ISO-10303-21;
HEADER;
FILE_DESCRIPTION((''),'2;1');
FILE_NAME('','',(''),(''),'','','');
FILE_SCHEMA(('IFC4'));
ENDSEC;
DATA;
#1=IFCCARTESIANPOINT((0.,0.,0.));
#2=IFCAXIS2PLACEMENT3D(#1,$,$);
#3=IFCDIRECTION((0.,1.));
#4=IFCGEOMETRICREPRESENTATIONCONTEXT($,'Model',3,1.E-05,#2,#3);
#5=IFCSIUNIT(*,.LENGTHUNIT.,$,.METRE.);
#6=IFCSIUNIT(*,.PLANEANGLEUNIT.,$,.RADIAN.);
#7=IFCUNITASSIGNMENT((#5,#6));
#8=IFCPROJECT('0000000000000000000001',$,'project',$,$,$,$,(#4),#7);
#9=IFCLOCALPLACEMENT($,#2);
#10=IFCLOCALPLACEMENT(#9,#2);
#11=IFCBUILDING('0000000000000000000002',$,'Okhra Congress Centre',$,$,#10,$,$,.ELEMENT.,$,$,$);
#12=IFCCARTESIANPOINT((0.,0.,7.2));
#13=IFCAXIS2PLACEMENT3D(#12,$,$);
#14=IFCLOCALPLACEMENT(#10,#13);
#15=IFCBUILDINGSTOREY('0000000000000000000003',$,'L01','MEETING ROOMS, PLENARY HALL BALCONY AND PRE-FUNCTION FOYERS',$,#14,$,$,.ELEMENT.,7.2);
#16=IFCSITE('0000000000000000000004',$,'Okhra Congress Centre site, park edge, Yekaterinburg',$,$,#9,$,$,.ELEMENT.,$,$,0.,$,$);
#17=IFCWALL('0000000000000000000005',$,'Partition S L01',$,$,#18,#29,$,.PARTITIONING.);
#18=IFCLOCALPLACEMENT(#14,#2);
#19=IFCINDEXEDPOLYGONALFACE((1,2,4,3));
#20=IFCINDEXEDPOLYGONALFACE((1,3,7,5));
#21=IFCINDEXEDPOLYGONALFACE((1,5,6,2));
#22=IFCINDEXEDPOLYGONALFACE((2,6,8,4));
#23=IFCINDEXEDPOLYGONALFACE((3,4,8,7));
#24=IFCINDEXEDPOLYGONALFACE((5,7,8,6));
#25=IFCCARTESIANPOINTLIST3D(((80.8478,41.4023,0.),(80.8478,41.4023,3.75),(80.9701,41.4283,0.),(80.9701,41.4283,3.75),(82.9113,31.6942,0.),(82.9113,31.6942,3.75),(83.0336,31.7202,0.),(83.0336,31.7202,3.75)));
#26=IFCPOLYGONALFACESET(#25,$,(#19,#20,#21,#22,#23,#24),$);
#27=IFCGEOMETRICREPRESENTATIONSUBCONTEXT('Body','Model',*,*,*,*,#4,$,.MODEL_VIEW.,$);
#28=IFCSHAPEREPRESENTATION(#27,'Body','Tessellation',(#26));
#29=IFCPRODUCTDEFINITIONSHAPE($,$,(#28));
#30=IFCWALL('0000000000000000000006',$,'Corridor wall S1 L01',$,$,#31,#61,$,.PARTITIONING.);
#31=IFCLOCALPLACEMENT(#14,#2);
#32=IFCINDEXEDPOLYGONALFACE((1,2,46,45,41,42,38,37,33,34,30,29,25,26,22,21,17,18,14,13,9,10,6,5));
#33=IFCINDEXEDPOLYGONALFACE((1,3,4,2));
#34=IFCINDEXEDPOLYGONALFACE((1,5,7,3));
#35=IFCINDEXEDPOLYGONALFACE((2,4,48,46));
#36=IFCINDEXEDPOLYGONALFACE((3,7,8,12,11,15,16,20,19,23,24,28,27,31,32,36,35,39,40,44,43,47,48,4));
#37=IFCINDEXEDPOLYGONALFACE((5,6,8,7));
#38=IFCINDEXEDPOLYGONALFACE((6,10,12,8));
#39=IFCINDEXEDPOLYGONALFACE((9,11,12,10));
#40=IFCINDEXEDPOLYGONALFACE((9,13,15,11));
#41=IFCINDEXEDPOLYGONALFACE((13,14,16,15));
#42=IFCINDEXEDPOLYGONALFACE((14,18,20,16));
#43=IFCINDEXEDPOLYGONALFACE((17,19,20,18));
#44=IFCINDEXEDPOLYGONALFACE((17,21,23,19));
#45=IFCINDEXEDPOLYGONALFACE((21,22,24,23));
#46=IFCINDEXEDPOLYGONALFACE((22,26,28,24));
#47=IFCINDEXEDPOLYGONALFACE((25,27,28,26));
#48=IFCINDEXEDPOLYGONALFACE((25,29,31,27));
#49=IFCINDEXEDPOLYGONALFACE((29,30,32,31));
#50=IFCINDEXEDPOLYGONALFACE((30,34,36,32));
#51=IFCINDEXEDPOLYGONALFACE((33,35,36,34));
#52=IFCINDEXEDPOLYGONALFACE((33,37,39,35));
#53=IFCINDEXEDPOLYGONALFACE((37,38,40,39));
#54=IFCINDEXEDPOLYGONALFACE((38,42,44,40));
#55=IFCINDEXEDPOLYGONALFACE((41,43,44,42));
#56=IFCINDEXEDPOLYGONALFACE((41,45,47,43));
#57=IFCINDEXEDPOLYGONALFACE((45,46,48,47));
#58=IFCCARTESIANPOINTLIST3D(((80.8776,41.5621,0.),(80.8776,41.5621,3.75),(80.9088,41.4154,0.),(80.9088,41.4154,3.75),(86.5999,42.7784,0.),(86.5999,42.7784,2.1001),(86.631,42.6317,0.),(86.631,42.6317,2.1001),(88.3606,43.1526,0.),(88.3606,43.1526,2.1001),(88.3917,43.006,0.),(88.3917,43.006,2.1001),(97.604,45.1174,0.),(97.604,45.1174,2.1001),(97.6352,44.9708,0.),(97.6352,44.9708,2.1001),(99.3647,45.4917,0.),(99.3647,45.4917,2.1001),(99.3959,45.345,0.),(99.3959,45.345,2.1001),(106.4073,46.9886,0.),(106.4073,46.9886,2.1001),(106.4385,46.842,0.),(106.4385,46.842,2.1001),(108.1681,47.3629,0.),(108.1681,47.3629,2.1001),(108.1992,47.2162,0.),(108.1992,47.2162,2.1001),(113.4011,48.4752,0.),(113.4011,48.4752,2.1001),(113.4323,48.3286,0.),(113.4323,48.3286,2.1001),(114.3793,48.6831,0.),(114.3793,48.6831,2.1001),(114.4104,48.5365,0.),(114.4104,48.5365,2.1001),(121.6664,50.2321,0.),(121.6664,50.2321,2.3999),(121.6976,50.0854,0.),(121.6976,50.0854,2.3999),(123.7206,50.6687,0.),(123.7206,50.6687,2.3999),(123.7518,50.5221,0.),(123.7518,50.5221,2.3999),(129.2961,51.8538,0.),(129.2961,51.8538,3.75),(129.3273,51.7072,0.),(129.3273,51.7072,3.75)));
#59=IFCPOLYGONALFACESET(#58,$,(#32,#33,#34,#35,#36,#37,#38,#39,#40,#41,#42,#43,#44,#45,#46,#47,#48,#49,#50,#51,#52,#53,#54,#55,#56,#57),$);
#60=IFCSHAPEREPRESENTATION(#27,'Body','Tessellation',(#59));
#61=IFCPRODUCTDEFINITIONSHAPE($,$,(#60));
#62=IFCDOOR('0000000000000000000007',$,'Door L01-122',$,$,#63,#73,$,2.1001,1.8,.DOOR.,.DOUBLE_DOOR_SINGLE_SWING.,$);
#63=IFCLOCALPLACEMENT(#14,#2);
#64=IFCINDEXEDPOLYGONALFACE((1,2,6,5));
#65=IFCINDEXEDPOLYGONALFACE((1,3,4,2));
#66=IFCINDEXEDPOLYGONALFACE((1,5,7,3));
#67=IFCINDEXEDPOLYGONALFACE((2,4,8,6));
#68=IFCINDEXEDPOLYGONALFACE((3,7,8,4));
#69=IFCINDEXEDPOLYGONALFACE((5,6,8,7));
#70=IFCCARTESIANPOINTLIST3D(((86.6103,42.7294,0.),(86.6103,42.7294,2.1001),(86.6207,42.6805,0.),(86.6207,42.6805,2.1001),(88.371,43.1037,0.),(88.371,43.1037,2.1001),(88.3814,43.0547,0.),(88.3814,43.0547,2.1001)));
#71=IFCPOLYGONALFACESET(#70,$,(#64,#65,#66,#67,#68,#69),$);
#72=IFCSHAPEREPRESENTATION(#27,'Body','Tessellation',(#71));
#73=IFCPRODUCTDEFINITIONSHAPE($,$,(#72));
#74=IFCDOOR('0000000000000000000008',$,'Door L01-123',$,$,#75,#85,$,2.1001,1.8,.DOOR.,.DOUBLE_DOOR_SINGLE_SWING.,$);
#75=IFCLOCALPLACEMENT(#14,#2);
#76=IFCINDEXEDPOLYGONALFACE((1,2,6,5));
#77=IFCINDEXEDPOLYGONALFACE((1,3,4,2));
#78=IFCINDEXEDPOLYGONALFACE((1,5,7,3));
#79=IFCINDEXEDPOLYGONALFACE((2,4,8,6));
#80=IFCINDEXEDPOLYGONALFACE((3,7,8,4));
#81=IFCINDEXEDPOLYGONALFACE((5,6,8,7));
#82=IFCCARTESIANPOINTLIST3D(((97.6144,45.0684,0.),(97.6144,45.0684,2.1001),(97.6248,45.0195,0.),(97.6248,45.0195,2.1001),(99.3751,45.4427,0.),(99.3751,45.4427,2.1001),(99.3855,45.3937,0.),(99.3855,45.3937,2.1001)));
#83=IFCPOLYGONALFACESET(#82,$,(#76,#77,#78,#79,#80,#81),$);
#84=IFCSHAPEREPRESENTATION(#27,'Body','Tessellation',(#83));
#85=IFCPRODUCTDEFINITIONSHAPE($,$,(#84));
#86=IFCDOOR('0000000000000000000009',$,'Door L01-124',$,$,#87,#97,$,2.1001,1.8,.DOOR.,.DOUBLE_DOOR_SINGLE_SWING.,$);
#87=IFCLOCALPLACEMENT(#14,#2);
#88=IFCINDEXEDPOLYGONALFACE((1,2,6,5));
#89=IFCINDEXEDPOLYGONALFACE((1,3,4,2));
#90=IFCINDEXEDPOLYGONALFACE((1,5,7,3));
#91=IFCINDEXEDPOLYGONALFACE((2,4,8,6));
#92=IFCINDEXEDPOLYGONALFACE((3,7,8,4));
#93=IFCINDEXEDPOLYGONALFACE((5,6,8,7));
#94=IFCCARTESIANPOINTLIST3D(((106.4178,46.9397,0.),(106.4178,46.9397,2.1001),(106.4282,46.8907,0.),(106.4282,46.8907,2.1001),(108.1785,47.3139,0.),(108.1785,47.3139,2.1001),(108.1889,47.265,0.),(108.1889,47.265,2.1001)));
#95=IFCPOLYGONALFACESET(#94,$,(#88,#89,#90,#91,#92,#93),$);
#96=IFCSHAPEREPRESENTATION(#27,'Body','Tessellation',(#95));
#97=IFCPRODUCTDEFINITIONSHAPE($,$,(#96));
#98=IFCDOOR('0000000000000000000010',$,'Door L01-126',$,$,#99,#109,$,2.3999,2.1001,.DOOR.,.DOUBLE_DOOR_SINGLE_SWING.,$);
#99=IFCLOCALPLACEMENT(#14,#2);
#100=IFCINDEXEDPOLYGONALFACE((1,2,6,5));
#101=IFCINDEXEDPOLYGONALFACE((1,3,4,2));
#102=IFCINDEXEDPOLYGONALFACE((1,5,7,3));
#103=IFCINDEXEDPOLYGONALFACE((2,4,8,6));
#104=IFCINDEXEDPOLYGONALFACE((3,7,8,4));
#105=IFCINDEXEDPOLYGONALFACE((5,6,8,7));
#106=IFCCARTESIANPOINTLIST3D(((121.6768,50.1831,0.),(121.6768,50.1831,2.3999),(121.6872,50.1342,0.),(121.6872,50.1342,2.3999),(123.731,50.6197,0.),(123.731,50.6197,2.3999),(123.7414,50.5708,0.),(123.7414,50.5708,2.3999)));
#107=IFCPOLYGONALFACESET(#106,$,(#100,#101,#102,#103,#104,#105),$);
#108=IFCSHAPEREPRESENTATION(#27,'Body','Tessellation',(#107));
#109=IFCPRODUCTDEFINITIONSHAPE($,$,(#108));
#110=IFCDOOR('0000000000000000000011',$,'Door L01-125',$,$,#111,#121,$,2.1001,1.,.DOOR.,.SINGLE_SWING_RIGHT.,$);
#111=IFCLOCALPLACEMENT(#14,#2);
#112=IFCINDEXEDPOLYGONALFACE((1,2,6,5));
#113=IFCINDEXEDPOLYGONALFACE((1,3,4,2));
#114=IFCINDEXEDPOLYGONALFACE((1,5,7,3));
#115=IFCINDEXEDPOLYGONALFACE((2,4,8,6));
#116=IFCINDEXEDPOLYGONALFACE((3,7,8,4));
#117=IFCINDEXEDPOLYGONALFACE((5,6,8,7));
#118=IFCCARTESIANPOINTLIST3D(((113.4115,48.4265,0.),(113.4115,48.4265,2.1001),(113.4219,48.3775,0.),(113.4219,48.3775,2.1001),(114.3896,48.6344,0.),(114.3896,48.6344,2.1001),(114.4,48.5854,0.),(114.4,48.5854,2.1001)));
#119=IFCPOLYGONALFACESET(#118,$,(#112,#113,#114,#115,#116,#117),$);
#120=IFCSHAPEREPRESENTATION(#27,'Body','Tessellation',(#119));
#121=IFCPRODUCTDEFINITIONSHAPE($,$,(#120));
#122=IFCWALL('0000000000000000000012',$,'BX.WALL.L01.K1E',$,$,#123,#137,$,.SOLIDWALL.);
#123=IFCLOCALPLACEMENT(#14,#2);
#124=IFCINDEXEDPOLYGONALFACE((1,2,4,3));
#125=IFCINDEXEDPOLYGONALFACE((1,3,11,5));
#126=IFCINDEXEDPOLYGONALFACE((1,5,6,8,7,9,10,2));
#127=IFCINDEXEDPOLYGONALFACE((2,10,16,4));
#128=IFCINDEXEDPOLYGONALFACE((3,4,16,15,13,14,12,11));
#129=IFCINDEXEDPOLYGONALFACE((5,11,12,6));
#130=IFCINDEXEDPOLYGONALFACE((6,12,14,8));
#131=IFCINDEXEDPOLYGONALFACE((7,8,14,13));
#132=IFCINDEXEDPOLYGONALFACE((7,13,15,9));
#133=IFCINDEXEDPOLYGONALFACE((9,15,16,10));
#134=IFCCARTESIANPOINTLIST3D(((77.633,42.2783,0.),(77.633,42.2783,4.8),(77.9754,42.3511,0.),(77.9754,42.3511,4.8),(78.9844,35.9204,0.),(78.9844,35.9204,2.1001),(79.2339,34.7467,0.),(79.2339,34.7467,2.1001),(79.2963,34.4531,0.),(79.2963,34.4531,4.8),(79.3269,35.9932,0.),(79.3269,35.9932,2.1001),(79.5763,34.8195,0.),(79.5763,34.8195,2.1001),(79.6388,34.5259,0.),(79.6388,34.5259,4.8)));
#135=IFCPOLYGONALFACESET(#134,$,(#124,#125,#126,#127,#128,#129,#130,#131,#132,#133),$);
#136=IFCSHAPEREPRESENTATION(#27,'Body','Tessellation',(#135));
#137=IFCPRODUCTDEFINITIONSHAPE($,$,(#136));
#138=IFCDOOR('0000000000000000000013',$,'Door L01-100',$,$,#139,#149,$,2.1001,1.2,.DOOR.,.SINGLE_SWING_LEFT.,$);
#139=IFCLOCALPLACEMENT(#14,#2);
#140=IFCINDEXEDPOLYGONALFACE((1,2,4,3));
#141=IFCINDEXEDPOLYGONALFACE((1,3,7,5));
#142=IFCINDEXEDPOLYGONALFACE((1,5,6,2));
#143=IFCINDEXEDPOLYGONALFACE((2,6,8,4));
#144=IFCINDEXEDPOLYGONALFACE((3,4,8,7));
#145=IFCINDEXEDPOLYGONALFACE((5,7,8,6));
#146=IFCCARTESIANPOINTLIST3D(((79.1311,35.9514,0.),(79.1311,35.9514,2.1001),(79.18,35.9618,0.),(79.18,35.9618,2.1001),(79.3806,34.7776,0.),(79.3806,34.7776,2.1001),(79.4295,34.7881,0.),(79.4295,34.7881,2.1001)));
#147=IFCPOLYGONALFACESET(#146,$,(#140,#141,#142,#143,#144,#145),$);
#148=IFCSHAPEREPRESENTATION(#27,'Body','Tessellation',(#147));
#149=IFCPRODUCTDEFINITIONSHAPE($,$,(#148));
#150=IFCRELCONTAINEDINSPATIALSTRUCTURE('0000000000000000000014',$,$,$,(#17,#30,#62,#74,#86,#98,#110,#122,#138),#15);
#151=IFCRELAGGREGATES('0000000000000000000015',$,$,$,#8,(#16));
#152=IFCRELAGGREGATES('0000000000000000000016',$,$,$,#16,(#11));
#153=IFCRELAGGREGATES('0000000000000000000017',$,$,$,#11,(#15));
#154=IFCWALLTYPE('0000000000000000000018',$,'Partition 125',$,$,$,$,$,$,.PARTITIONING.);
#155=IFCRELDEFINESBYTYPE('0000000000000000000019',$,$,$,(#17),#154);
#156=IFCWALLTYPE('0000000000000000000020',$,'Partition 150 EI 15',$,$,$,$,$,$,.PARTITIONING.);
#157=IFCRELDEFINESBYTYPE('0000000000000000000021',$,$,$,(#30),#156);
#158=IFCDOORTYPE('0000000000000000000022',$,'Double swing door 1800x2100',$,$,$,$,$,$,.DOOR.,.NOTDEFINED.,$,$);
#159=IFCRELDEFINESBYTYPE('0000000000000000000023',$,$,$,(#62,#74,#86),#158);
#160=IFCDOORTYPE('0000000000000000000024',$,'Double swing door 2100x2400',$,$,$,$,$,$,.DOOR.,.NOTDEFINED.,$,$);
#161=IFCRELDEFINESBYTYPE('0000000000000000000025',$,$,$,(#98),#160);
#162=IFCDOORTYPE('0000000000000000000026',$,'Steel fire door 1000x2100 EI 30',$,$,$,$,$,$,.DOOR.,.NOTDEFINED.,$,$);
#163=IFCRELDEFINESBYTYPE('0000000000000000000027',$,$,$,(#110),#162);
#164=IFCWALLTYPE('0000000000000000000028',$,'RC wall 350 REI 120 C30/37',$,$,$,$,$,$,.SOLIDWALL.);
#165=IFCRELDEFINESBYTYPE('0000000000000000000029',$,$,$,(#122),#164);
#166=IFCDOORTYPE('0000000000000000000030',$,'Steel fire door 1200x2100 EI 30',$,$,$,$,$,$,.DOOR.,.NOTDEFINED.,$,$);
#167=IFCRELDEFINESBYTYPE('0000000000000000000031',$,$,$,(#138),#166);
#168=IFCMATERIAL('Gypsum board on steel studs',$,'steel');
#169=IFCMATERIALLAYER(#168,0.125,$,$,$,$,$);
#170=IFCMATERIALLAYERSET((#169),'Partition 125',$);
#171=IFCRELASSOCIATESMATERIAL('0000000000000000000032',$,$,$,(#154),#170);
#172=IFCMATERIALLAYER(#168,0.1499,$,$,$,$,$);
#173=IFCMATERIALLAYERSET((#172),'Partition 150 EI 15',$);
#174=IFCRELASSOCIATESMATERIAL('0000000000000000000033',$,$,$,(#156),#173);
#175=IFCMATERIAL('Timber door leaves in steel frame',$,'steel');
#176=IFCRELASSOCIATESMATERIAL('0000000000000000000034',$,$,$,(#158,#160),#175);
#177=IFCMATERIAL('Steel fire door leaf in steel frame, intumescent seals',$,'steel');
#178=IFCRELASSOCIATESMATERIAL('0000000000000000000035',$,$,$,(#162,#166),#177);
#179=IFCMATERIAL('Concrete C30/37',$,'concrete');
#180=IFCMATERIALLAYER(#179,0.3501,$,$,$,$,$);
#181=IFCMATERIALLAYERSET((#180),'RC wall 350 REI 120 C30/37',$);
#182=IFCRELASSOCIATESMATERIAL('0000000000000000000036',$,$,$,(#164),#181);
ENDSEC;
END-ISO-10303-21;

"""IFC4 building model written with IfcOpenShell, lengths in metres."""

from ifc_helpers import new_model, si_unit, direction, frame, frame_2d, origin, place, context, subcontext, project, spatial, rectangle, extrude, material, layer, layer_set, type_object, element, fill, save


model = new_model("IFC4")

# Units and contexts
model_context = context("Model", 3, precision=1e-05, world=origin(), true_north=direction((0.0, 1.0)))
body_context = subcontext(model_context, "Body", "Model", "MODEL_VIEW")
ifc_project = project(units=[si_unit("LENGTHUNIT", "METRE"), si_unit("PLANEANGLEUNIT", "RADIAN")], contexts=[model_context])

# Site, building, storey
site_placement = place(None, origin())
site = spatial("IfcSite", under=ifc_project, at=site_placement, Name="Okhra Congress Centre site, park edge, Yekaterinburg", CompositionType="ELEMENT", RefElevation=0.0)
building_placement = place(site_placement, origin())
building = spatial("IfcBuilding", under=site, at=building_placement, Name="Okhra Congress Centre", CompositionType="ELEMENT")
storey_placement = place(building_placement, frame((0.0, 0.0, 7.2)))
storey = spatial("IfcBuildingStorey", under=building, at=storey_placement, Name="L01", Description="MEETING ROOMS, PLENARY HALL BALCONY AND PRE-FUNCTION FOYERS", CompositionType="ELEMENT", Elevation=7.2)

# Wall
ifc_material_1 = material(Name="Gypsum board on steel studs", Category="steel")
ifc_layer_1 = layer(ifc_material_1, 0.125)
ifc_layer_set_1 = layer_set([ifc_layer_1], Name="Partition 125")
wall_type_1 = type_object("IfcWallType", Name="Partition 125", PredefinedType="PARTITIONING", material=ifc_layer_set_1)
wall_1_placement = place(storey_placement, frame((82.9724, 31.7073, 0.0), z_axis=(0.0, 0.0, 1.0), x_axis=(-0.207904, 0.978149, 0.0)))
element("IfcWall", 1, at=wall_1_placement, inside=storey, type_object=wall_type_1, Name="Partition S L01", PredefinedType="PARTITIONING", context=body_context, shape_type="SweptSolid", body=[
    extrude(rectangle(XDim=9.925, YDim=0.125, at=frame_2d((4.9624, 0.0))), origin(), (0.0, 0.0, 1.0), 3.75),
])

# Wall, openings, doors
ifc_layer_2 = layer(ifc_material_1, 0.1499)
ifc_layer_set_2 = layer_set([ifc_layer_2], Name="Partition 150 EI 15")
wall_type_2 = type_object("IfcWallType", Name="Partition 150 EI 15", PredefinedType="PARTITIONING", material=ifc_layer_set_2)
wall_2_placement = place(storey_placement, frame((80.8933, 41.4888, 0.0), z_axis=(0.0, 0.0, 1.0), x_axis=(0.978147, 0.207913, 0.0)))
wall_2 = element("IfcWall", 2, at=wall_2_placement, inside=storey, type_object=wall_type_2, Name="Corridor wall S1 L01", PredefinedType="PARTITIONING", context=body_context, shape_type="SweptSolid", body=[
    extrude(rectangle(XDim=49.5002, YDim=0.1499, at=frame_2d((24.75, 0.0))), origin(), (0.0, 0.0, 1.0), 3.75),
])
opening_1_placement = place(wall_2_placement, frame((5.8501, 0.0, 0.0)))
opening_1 = element("IfcOpeningElement", 3, at=opening_1_placement, cuts=wall_2, PredefinedType="OPENING", context=body_context, shape_type="SweptSolid", body=[
    extrude(rectangle(XDim=1.8, YDim=2.1001, at=frame_2d((0.8999, 1.05))), frame((0.0, 0.085, 0.0), z_axis=(0.0, -1.0, 0.0), x_axis=(1.0, 0.0, 0.0)), (0.0, 0.0, 1.0), 0.1699),
])
opening_2_placement = place(wall_2_placement, frame((17.1001, 0.0, 0.0)))
opening_2 = element("IfcOpeningElement", 4, at=opening_2_placement, cuts=wall_2, PredefinedType="OPENING", context=body_context, shape_type="SweptSolid", body=[
    extrude(rectangle(XDim=1.8, YDim=2.1001, at=frame_2d((0.8999, 1.05))), frame((0.0, 0.085, 0.0), z_axis=(0.0, -1.0, 0.0), x_axis=(1.0, 0.0, 0.0)), (0.0, 0.0, 1.0), 0.1699),
])
opening_3_placement = place(wall_2_placement, frame((26.1001, 0.0, 0.0)))
opening_3 = element("IfcOpeningElement", 5, at=opening_3_placement, cuts=wall_2, PredefinedType="OPENING", context=body_context, shape_type="SweptSolid", body=[
    extrude(rectangle(XDim=1.8, YDim=2.1001, at=frame_2d((0.8999, 1.05))), frame((0.0, 0.085, 0.0), z_axis=(0.0, -1.0, 0.0), x_axis=(1.0, 0.0, 0.0)), (0.0, 0.0, 1.0), 0.1699),
])
opening_4_placement = place(wall_2_placement, frame((33.25, 0.0, 0.0)))
opening_4 = element("IfcOpeningElement", 6, at=opening_4_placement, cuts=wall_2, PredefinedType="OPENING", context=body_context, shape_type="SweptSolid", body=[
    extrude(rectangle(XDim=1.0, YDim=2.1001, at=frame_2d((0.5, 1.05))), frame((0.0, 0.085, 0.0), z_axis=(0.0, -1.0, 0.0), x_axis=(1.0, 0.0, 0.0)), (0.0, 0.0, 1.0), 0.1699),
])
opening_5_placement = place(wall_2_placement, frame((41.7, 0.0, 0.0)))
opening_5 = element("IfcOpeningElement", 7, at=opening_5_placement, cuts=wall_2, PredefinedType="OPENING", context=body_context, shape_type="SweptSolid", body=[
    extrude(rectangle(XDim=2.1001, YDim=2.3999, at=frame_2d((1.05, 1.2))), frame((0.0, 0.085, 0.0), z_axis=(0.0, -1.0, 0.0), x_axis=(1.0, 0.0, 0.0)), (0.0, 0.0, 1.0), 0.1699),
])
ifc_material_2 = material(Name="Timber door leaves in steel frame", Category="steel")
door_type_1 = type_object("IfcDoorType", Name="Double swing door 1800x2100", OperationType="NOTDEFINED", PredefinedType="DOOR", material=ifc_material_2)
door_1_placement = place(opening_1_placement, origin())
door_1 = element("IfcDoor", 8, at=door_1_placement, inside=storey, type_object=door_type_1, Name="Door L01-122", OperationType="DOUBLE_DOOR_SINGLE_SWING", OverallHeight=2.1001, OverallWidth=1.8, PredefinedType="DOOR", context=body_context, shape_type="SweptSolid", body=[
    extrude(rectangle(XDim=1.8, YDim=2.1001, at=frame_2d((0.8999, 1.05))), frame((0.0, 0.0249, 0.0), z_axis=(0.0, -1.0, 0.0), x_axis=(1.0, 0.0, 0.0)), (0.0, 0.0, 1.0), 0.05),
])
fill(opening_1, door_1)
door_2_placement = place(opening_2_placement, origin())
door_2 = element("IfcDoor", 9, at=door_2_placement, inside=storey, type_object=door_type_1, Name="Door L01-123", OperationType="DOUBLE_DOOR_SINGLE_SWING", OverallHeight=2.1001, OverallWidth=1.8, PredefinedType="DOOR", context=body_context, shape_type="SweptSolid", body=[
    extrude(rectangle(XDim=1.8, YDim=2.1001, at=frame_2d((0.8999, 1.05))), frame((0.0, 0.0249, 0.0), z_axis=(0.0, -1.0, 0.0), x_axis=(1.0, 0.0, 0.0)), (0.0, 0.0, 1.0), 0.05),
])
fill(opening_2, door_2)
door_3_placement = place(opening_3_placement, origin())
door_3 = element("IfcDoor", 10, at=door_3_placement, inside=storey, type_object=door_type_1, Name="Door L01-124", OperationType="DOUBLE_DOOR_SINGLE_SWING", OverallHeight=2.1001, OverallWidth=1.8, PredefinedType="DOOR", context=body_context, shape_type="SweptSolid", body=[
    extrude(rectangle(XDim=1.8, YDim=2.1001, at=frame_2d((0.8999, 1.05))), frame((0.0, 0.0249, 0.0), z_axis=(0.0, -1.0, 0.0), x_axis=(1.0, 0.0, 0.0)), (0.0, 0.0, 1.0), 0.05),
])
fill(opening_3, door_3)
door_type_2 = type_object("IfcDoorType", Name="Double swing door 2100x2400", OperationType="NOTDEFINED", PredefinedType="DOOR", material=ifc_material_2)
door_4_placement = place(opening_5_placement, origin())
door_4 = element("IfcDoor", 11, at=door_4_placement, inside=storey, type_object=door_type_2, Name="Door L01-126", OperationType="DOUBLE_DOOR_SINGLE_SWING", OverallHeight=2.3999, OverallWidth=2.1001, PredefinedType="DOOR", context=body_context, shape_type="SweptSolid", body=[
    extrude(rectangle(XDim=2.1001, YDim=2.3999, at=frame_2d((1.05, 1.2))), frame((0.0, 0.0249, 0.0), z_axis=(0.0, -1.0, 0.0), x_axis=(1.0, 0.0, 0.0)), (0.0, 0.0, 1.0), 0.05),
])
fill(opening_5, door_4)
ifc_material_3 = material(Name="Steel fire door leaf in steel frame, intumescent seals", Category="steel")
door_type_3 = type_object("IfcDoorType", Name="Steel fire door 1000x2100 EI 30", OperationType="NOTDEFINED", PredefinedType="DOOR", material=ifc_material_3)
door_5_placement = place(opening_4_placement, frame((1.0, 0.0, 0.0), z_axis=(0.0, 0.0, 1.0), x_axis=(-1.0, 0.0, 0.0)))
door_5 = element("IfcDoor", 12, at=door_5_placement, inside=storey, type_object=door_type_3, Name="Door L01-125", OperationType="SINGLE_SWING_RIGHT", OverallHeight=2.1001, OverallWidth=1.0, PredefinedType="DOOR", context=body_context, shape_type="SweptSolid", body=[
    extrude(rectangle(XDim=1.0, YDim=2.1001, at=frame_2d((0.5, 1.05))), frame((0.0, 0.0249, 0.0), z_axis=(0.0, -1.0, 0.0), x_axis=(1.0, 0.0, 0.0)), (0.0, 0.0, 1.0), 0.05),
])
fill(opening_4, door_5)

# Wall, opening, door
ifc_material_4 = material(Name="Concrete C30/37", Category="concrete")
ifc_layer_3 = layer(ifc_material_4, 0.3501)
ifc_layer_set_3 = layer_set([ifc_layer_3], Name="RC wall 350 REI 120 C30/37")
wall_type_3 = type_object("IfcWallType", Name="RC wall 350 REI 120 C30/37", PredefinedType="SOLIDWALL", material=ifc_layer_set_3)
wall_3_placement = place(storey_placement, frame((79.4675, 34.4895, 0.0), z_axis=(0.0, 0.0, 1.0), x_axis=(-0.207916, 0.978147, 0.0)))
wall_3 = element("IfcWall", 13, at=wall_3_placement, inside=storey, type_object=wall_type_3, Name="BX.WALL.L01.K1E", PredefinedType="SOLIDWALL", context=body_context, shape_type="SweptSolid", body=[
    extrude(rectangle(XDim=8.0, YDim=0.3501, at=frame_2d((4.0, 0.0))), origin(), (0.0, 0.0, 1.0), 4.8),
])
opening_6_placement = place(wall_3_placement, frame((0.3, 0.0, 0.0)))
opening_6 = element("IfcOpeningElement", 14, at=opening_6_placement, cuts=wall_3, PredefinedType="OPENING", context=body_context, shape_type="SweptSolid", body=[
    extrude(rectangle(XDim=1.2, YDim=2.1001, at=frame_2d((0.6001, 1.05))), frame((0.0, 0.1851, 0.0), z_axis=(0.0, -1.0, 0.0), x_axis=(1.0, 0.0, 0.0)), (0.0, 0.0, 1.0), 0.3701),
])
door_type_4 = type_object("IfcDoorType", Name="Steel fire door 1200x2100 EI 30", OperationType="NOTDEFINED", PredefinedType="DOOR", material=ifc_material_3)
door_6_placement = place(opening_6_placement, frame((1.2, 0.0, 0.0), z_axis=(0.0, 0.0, 1.0), x_axis=(-1.0, 0.0, 0.0)))
door_6 = element("IfcDoor", 15, at=door_6_placement, inside=storey, type_object=door_type_4, Name="Door L01-100", OperationType="SINGLE_SWING_LEFT", OverallHeight=2.1001, OverallWidth=1.2, PredefinedType="DOOR", context=body_context, shape_type="SweptSolid", body=[
    extrude(rectangle(XDim=1.2, YDim=2.1001, at=frame_2d((0.6001, 1.05))), frame((0.0, 0.0249, 0.0), z_axis=(0.0, -1.0, 0.0), x_axis=(1.0, 0.0, 0.0)), (0.0, 0.0, 1.0), 0.05),
])
fill(opening_6, door_6)

save(model, "model.ifc")
